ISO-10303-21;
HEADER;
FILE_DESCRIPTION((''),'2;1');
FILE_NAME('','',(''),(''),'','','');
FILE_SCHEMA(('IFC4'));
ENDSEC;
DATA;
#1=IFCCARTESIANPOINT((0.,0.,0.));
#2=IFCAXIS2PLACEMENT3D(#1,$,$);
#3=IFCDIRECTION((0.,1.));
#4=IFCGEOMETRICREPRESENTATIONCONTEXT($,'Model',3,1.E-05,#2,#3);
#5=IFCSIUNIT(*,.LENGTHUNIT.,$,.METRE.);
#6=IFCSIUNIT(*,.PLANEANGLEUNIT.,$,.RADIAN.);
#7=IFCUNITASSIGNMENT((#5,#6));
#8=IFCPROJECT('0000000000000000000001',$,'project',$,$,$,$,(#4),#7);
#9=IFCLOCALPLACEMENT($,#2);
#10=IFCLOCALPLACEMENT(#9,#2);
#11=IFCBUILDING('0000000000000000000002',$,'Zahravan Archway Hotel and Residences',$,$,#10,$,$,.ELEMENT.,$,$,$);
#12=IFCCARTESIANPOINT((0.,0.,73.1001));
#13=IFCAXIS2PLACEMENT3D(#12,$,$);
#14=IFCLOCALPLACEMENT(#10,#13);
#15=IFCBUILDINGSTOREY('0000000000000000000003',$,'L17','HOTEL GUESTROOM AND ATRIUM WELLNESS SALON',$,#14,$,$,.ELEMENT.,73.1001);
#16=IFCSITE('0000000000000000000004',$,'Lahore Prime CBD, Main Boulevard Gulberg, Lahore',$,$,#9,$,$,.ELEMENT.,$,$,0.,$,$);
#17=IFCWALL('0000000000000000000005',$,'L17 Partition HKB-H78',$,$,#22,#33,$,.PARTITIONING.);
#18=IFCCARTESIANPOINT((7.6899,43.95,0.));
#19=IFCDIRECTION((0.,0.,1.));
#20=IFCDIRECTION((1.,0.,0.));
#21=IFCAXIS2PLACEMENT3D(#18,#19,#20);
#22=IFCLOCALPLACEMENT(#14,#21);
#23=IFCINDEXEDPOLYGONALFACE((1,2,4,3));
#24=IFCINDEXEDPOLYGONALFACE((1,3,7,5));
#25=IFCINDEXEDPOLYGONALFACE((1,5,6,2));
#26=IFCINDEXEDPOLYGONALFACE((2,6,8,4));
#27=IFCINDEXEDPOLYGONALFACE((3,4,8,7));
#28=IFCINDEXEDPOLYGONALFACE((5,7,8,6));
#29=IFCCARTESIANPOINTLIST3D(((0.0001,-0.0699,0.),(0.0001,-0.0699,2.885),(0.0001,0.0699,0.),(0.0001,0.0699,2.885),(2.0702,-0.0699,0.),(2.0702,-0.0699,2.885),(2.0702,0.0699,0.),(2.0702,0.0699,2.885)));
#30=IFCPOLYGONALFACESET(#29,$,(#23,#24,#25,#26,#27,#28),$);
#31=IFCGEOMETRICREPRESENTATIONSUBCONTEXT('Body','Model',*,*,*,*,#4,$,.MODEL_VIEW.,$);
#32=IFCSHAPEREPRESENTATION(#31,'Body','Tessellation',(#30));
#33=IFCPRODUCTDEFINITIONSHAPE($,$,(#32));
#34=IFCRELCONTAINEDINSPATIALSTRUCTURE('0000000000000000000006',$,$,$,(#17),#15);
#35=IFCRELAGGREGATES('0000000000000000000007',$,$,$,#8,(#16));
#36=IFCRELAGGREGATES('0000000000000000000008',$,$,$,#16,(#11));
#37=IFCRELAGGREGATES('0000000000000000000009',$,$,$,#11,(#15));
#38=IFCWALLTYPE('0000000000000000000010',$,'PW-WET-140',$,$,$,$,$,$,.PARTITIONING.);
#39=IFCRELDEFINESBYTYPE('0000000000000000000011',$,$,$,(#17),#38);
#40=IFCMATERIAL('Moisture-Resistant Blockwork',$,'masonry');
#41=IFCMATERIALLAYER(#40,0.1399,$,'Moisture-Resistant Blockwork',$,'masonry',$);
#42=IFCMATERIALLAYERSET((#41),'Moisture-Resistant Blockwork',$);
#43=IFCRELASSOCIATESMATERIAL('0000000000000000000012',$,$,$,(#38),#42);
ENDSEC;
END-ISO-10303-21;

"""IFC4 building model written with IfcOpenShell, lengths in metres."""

from ifc_helpers import new_model, si_unit, direction, frame, frame_2d, origin, place, context, subcontext, project, spatial, rectangle, extrude, material, layer, layer_set, type_object, element, save


model = new_model("IFC4")

# Units and contexts
model_context = context("Model", 3, precision=1e-05, world=origin(), true_north=direction((0.0, 1.0)))
body_context = subcontext(model_context, "Body", "Model", "MODEL_VIEW")
ifc_project = project(units=[si_unit("LENGTHUNIT", "METRE"), si_unit("PLANEANGLEUNIT", "RADIAN")], contexts=[model_context])

# Site, building, storey
site_placement = place(None, origin())
site = spatial("IfcSite", under=ifc_project, at=site_placement, Name="Lahore Prime CBD, Main Boulevard Gulberg, Lahore", CompositionType="ELEMENT", RefElevation=0.0)
building_placement = place(site_placement, origin())
building = spatial("IfcBuilding", under=site, at=building_placement, Name="Zahravan Archway Hotel and Residences", CompositionType="ELEMENT")
storey_placement = place(building_placement, frame((0.0, 0.0, 73.1001)))
storey = spatial("IfcBuildingStorey", under=building, at=storey_placement, Name="L17", Description="HOTEL GUESTROOM AND ATRIUM WELLNESS SALON", CompositionType="ELEMENT", Elevation=73.1001)

# Wall
ifc_material_1 = material(Name="Moisture-Resistant Blockwork", Category="masonry")
ifc_layer_1 = layer(ifc_material_1, 0.1399, Name="Moisture-Resistant Blockwork", Category="masonry")
ifc_layer_set_1 = layer_set([ifc_layer_1], Name="Moisture-Resistant Blockwork")
wall_type_1 = type_object("IfcWallType", Name="PW-WET-140", PredefinedType="PARTITIONING", material=ifc_layer_set_1)
wall_1_placement = place(storey_placement, frame((7.6899, 43.95, 0.0), z_axis=(0.0, 0.0, 1.0), x_axis=(1.0, 0.0, 0.0)))
element("IfcWall", 1, at=wall_1_placement, inside=storey, type_object=wall_type_1, Name="L17 Partition HKB-H78", PredefinedType="PARTITIONING", context=body_context, shape_type="SweptSolid", body=[
    extrude(rectangle(XDim=2.0701, YDim=0.1399, at=frame_2d((1.0352, 0.0))), origin(), (0.0, 0.0, 1.0), 2.885),
])

save(model, "model.ifc")
